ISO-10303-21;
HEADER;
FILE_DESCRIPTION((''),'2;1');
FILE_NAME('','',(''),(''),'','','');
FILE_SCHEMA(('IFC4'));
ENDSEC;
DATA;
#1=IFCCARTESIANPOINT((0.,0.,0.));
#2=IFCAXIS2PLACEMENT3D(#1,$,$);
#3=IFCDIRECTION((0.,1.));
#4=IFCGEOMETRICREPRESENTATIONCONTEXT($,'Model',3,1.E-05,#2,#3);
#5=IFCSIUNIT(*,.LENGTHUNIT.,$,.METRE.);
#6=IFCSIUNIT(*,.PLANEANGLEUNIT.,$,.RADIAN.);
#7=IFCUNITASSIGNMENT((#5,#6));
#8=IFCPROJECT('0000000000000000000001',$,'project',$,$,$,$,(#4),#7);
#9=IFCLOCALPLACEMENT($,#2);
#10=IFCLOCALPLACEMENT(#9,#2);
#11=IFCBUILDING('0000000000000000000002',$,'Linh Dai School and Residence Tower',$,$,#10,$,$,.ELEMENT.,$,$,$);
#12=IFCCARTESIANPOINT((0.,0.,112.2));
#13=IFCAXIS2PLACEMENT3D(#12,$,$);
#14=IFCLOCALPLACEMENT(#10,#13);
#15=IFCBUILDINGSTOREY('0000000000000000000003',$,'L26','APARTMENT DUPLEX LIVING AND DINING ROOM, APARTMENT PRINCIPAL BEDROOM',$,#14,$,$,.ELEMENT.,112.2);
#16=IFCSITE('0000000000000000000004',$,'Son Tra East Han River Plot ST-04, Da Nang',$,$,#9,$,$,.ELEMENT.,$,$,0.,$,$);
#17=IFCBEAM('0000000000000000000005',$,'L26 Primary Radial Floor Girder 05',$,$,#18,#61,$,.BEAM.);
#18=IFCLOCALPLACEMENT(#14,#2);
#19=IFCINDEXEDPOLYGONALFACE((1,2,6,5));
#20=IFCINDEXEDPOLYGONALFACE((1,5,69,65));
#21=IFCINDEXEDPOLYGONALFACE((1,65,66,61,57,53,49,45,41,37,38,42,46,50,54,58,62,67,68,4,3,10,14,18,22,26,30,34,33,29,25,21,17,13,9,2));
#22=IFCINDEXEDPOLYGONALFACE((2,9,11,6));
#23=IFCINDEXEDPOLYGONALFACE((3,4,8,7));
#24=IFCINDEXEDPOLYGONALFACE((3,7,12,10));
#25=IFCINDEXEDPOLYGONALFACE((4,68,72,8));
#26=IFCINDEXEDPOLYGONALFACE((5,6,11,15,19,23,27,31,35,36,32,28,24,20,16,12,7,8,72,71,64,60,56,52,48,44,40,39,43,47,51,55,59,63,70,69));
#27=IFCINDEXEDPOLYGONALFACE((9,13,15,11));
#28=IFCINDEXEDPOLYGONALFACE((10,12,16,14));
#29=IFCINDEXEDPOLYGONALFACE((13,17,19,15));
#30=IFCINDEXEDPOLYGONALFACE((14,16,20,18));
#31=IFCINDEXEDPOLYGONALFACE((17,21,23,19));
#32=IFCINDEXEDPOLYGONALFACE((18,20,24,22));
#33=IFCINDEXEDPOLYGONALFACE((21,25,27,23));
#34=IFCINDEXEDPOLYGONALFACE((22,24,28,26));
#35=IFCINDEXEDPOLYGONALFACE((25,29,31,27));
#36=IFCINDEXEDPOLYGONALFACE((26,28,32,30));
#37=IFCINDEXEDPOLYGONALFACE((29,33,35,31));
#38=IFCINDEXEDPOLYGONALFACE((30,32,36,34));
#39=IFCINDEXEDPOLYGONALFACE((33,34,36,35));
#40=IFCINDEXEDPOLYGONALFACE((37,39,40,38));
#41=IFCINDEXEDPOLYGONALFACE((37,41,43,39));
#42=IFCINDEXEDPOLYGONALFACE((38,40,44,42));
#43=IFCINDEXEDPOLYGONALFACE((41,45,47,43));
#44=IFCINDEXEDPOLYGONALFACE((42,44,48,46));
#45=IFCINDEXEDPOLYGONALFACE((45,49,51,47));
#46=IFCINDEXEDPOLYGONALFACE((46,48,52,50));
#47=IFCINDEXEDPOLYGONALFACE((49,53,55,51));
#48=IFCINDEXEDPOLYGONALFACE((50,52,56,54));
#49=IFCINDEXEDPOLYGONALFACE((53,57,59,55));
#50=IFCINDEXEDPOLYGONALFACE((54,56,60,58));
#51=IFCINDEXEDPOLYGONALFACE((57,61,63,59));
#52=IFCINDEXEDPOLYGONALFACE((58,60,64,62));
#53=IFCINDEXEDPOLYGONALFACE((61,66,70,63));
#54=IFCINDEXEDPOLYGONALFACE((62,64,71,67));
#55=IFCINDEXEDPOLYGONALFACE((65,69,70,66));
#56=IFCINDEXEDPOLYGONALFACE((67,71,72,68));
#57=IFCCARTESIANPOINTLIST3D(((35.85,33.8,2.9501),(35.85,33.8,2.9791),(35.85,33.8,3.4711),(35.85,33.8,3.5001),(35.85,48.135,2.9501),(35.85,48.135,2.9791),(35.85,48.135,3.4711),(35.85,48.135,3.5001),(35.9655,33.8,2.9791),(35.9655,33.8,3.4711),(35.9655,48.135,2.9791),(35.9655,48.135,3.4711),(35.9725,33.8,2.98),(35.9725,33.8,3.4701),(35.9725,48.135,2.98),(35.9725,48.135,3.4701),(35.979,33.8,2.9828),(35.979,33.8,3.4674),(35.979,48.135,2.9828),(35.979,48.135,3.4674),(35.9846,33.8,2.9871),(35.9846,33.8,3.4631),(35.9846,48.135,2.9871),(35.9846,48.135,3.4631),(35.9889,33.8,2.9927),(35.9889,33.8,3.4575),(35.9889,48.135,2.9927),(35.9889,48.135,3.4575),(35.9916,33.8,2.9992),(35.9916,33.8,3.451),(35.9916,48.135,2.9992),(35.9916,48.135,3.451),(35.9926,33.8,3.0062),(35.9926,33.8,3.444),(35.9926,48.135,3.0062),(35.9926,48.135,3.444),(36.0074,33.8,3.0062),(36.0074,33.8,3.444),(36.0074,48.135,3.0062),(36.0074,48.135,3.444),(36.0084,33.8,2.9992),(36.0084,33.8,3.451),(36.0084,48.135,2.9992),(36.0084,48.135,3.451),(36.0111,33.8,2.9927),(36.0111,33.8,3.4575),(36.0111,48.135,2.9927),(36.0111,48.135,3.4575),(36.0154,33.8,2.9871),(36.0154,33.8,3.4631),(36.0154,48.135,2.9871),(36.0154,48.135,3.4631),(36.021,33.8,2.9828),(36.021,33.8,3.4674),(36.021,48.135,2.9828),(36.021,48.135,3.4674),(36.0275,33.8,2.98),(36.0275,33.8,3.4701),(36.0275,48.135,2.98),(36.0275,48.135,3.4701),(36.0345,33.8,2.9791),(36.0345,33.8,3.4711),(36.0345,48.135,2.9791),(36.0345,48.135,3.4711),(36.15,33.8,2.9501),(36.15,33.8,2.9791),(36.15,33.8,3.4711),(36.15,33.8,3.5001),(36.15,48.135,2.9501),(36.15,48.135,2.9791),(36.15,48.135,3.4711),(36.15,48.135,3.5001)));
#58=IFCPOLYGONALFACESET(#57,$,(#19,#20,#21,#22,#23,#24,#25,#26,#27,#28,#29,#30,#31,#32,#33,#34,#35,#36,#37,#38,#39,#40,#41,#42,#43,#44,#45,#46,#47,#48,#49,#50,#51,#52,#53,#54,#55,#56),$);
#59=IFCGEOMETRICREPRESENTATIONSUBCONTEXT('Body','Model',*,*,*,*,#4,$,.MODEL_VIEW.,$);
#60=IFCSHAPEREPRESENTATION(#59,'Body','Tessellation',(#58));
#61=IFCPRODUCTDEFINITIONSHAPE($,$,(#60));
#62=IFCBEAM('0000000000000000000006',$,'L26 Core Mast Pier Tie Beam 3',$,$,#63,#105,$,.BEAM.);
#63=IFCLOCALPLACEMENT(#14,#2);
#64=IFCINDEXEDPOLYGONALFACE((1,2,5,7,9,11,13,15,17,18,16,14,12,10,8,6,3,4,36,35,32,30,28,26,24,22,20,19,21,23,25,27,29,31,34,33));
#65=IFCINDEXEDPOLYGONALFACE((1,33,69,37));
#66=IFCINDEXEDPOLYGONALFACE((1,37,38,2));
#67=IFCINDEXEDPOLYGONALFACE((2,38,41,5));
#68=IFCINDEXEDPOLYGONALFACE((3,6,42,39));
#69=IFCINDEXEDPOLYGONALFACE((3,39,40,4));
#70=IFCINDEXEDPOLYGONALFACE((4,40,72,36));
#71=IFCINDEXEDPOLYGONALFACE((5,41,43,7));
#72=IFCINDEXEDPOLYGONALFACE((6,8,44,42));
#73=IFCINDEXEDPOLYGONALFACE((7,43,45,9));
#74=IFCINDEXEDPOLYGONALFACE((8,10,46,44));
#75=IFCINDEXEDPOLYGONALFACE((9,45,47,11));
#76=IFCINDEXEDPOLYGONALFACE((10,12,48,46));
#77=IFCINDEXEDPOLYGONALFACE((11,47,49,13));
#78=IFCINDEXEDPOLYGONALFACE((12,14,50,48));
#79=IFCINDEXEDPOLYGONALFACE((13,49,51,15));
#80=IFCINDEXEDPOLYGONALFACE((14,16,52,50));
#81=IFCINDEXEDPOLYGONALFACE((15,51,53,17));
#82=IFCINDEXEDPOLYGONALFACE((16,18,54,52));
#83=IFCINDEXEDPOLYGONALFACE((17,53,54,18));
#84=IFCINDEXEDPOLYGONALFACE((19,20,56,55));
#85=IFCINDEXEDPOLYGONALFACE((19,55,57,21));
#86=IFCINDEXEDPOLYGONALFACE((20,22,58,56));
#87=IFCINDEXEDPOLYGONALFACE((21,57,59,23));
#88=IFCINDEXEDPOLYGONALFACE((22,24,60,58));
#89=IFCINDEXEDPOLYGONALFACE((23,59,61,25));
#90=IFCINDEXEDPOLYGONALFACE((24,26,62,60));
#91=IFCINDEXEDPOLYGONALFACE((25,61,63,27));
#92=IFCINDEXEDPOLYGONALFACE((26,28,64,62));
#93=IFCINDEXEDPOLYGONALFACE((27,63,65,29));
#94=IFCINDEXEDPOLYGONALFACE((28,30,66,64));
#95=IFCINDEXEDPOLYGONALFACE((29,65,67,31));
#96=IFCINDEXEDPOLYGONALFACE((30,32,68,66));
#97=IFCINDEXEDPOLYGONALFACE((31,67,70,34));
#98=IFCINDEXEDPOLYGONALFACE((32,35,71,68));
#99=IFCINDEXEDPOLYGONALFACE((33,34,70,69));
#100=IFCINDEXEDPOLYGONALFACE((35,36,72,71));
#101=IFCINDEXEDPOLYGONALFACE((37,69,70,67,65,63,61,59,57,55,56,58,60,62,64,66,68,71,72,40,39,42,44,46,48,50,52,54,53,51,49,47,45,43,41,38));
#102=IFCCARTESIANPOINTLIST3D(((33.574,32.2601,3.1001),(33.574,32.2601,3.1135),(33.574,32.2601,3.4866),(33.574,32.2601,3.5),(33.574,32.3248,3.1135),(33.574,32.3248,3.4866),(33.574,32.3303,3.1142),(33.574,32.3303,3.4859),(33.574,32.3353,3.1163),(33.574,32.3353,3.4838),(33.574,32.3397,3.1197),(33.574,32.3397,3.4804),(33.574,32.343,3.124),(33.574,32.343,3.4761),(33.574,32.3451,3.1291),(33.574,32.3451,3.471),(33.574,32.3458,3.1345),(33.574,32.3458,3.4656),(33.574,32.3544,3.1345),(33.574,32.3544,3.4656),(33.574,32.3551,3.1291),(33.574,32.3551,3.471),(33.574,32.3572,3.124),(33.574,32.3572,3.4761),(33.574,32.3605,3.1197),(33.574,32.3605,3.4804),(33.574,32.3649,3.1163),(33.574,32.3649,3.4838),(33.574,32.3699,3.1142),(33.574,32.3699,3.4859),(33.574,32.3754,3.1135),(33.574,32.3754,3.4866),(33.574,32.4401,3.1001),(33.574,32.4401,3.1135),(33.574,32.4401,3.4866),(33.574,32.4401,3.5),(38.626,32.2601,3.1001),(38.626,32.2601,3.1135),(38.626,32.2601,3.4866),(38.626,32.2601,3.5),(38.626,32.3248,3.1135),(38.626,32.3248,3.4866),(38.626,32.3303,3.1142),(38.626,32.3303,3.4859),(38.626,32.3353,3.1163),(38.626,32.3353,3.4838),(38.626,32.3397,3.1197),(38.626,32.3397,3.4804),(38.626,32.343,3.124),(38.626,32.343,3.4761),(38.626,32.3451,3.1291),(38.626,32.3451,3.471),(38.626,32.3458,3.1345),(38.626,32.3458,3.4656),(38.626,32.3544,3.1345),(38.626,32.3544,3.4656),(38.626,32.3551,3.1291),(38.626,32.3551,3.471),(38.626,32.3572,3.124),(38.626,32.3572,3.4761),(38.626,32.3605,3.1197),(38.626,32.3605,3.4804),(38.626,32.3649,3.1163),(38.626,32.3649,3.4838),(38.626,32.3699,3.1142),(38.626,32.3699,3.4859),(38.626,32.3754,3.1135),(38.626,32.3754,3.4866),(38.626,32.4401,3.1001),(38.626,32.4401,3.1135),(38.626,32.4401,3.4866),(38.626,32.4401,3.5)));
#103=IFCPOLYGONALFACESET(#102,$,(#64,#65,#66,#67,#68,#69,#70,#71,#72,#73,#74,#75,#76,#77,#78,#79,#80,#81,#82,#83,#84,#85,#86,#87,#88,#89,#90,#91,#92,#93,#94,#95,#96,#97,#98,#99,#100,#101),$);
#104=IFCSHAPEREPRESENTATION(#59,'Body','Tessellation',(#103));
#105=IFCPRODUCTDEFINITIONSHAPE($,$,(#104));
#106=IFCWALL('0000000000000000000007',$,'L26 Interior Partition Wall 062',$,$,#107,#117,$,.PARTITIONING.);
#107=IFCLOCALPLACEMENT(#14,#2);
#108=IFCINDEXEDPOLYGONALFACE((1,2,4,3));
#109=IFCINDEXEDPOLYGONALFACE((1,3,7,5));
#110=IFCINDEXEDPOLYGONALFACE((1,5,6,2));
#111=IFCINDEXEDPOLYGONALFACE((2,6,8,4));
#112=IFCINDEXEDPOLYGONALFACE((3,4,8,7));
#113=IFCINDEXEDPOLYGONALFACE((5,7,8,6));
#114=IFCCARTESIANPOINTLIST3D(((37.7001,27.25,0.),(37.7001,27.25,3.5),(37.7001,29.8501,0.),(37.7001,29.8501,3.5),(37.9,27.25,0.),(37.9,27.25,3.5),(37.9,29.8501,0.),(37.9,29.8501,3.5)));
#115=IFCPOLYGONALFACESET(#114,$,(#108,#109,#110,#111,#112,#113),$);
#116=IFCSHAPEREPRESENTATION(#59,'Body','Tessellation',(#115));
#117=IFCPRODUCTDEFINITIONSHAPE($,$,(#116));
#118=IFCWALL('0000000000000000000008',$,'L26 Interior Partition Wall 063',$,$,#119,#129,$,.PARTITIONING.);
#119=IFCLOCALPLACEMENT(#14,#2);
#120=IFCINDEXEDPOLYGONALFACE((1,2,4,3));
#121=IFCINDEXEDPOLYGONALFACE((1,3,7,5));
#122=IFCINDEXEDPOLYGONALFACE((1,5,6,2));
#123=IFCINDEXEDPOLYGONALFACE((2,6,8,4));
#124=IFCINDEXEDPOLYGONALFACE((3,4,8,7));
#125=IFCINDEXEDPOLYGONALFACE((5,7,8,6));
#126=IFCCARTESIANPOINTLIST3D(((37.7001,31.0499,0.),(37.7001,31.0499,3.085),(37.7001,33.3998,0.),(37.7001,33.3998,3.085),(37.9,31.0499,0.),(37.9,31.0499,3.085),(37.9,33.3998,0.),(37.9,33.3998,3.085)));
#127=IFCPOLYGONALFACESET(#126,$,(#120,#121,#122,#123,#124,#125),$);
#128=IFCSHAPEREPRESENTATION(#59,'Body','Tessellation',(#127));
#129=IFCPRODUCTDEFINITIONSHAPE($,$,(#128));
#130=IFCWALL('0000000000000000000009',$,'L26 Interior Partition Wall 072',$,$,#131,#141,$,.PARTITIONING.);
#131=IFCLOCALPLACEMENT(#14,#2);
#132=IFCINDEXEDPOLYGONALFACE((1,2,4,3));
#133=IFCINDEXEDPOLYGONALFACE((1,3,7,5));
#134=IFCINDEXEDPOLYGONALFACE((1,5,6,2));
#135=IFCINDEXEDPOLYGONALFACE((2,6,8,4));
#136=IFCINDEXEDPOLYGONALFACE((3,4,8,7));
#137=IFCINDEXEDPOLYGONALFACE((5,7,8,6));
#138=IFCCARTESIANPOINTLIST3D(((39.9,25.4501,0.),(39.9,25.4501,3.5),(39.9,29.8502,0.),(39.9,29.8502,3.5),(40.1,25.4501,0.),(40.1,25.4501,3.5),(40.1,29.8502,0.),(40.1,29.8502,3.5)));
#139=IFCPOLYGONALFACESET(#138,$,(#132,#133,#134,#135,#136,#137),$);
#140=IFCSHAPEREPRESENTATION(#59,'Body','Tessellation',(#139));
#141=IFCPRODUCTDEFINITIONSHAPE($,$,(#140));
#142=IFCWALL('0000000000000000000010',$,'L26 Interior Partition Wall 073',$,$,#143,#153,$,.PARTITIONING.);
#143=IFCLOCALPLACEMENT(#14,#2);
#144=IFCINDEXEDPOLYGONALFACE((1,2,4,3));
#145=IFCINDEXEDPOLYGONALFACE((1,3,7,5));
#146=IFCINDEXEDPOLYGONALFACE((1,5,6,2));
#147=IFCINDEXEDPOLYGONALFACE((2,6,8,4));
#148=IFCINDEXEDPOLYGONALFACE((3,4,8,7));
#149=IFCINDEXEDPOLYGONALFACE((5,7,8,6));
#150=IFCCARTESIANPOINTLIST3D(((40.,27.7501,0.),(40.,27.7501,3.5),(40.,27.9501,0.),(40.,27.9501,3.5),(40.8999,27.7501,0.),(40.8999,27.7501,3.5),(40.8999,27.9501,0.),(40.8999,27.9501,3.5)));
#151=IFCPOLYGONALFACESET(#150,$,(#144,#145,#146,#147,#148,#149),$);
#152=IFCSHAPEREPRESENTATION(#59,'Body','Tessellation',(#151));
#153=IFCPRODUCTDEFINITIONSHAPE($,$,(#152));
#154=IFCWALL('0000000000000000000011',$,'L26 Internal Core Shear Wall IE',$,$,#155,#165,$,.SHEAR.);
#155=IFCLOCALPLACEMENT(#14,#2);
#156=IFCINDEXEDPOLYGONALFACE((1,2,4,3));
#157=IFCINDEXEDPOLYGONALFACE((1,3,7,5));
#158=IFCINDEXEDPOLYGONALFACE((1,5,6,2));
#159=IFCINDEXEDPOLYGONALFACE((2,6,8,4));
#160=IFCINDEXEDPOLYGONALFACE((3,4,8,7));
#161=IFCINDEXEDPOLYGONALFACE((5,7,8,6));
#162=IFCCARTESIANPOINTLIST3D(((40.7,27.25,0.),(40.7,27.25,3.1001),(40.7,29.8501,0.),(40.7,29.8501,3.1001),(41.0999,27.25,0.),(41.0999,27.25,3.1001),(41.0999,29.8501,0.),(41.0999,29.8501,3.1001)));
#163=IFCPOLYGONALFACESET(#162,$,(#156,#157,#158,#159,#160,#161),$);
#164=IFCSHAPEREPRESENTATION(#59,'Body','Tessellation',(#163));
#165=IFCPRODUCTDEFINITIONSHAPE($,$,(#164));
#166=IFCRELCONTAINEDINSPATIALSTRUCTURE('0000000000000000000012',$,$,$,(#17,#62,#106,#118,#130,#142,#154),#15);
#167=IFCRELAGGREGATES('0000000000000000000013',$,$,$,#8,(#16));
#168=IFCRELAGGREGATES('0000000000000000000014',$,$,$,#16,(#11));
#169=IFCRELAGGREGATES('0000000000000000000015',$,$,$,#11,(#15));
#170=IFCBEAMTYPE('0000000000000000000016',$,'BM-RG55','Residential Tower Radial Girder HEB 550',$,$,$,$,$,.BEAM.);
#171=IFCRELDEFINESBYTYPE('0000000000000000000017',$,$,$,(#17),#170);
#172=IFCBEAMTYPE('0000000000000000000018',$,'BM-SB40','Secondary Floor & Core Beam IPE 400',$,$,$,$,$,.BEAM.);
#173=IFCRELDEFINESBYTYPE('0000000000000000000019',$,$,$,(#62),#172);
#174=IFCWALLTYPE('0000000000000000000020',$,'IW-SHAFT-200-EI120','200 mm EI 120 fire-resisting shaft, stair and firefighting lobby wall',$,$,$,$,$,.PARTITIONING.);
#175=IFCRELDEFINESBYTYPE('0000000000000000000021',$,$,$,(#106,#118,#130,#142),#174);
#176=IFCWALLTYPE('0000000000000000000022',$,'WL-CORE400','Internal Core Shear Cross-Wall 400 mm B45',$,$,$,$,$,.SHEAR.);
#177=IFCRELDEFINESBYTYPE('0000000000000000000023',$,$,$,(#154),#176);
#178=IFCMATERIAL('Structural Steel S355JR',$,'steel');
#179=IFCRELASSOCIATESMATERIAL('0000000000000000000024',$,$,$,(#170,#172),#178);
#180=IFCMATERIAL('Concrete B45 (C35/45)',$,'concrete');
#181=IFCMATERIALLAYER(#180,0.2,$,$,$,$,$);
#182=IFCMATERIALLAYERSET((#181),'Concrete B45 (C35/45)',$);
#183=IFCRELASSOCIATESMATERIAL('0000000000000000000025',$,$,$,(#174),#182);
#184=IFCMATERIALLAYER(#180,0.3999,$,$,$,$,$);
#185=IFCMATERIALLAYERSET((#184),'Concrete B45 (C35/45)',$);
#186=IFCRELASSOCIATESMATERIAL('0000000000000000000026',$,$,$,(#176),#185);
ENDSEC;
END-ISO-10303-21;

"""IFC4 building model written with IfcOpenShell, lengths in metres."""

from ifc_helpers import new_model, si_unit, direction, frame, frame_2d, origin, origin_2d, place, context, subcontext, project, spatial, rectangle, i_section, extrude, material, layer, layer_set, material_profile, profile_set, type_object, element, save


model = new_model("IFC4")

# Units and contexts
model_context = context("Model", 3, precision=1e-05, world=origin(), true_north=direction((0.0, 1.0)))
body_context = subcontext(model_context, "Body", "Model", "MODEL_VIEW")
ifc_project = project(units=[si_unit("LENGTHUNIT", "METRE"), si_unit("PLANEANGLEUNIT", "RADIAN")], contexts=[model_context])

# Site, building, storey
site_placement = place(None, origin())
site = spatial("IfcSite", under=ifc_project, at=site_placement, Name="Son Tra East Han River Plot ST-04, Da Nang", CompositionType="ELEMENT", RefElevation=0.0)
building_placement = place(site_placement, origin())
building = spatial("IfcBuilding", under=site, at=building_placement, Name="Linh Dai School and Residence Tower", CompositionType="ELEMENT")
storey_placement = place(building_placement, frame((0.0, 0.0, 112.2)))
storey = spatial("IfcBuildingStorey", under=building, at=storey_placement, Name="L26", Description="APARTMENT DUPLEX LIVING AND DINING ROOM, APARTMENT PRINCIPAL BEDROOM", CompositionType="ELEMENT", Elevation=112.2)

# Shared definitions
ifc_material_1 = material(Name="Structural Steel S355JR", Category="steel")

# Beams
ifc_material_profile_1 = material_profile(ifc_material_1, i_section(OverallWidth=0.3, OverallDepth=0.55, WebThickness=0.0149, FlangeThickness=0.0291, FilletRadius=0.0271, at=origin_2d()), Name="HEB 550")
ifc_profile_set_1 = profile_set([ifc_material_profile_1], Name="Structural Steel S355JR")
beam_type_1 = type_object("IfcBeamType", Name="BM-RG55", Description="Residential Tower Radial Girder HEB 550", PredefinedType="BEAM", material=ifc_profile_set_1)
beam_1_placement = place(storey_placement, frame((36.0, 33.8, 3.2251), z_axis=(0.0, 1.0, 0.0), x_axis=(-1.0, 0.0, 0.0)))
element("IfcBeam", 1, at=beam_1_placement, inside=storey, type_object=beam_type_1, Name="L26 Primary Radial Floor Girder 05", PredefinedType="BEAM", context=body_context, shape_type="SweptSolid", body=[
    extrude(i_section(OverallWidth=0.3, OverallDepth=0.55, WebThickness=0.0149, FlangeThickness=0.0291, FilletRadius=0.0271, at=origin_2d()), origin(), (0.0, 0.0, 1.0), 14.335),
])
ifc_material_profile_2 = material_profile(ifc_material_1, i_section(OverallWidth=0.1799, OverallDepth=0.3999, WebThickness=0.0085, FlangeThickness=0.0134, FilletRadius=0.021, at=origin_2d()), Name="IPE 400")
ifc_profile_set_2 = profile_set([ifc_material_profile_2], Name="Structural Steel S355JR")
beam_type_2 = type_object("IfcBeamType", Name="BM-SB40", Description="Secondary Floor & Core Beam IPE 400", PredefinedType="BEAM", material=ifc_profile_set_2)
beam_2_placement = place(storey_placement, frame((38.626, 32.3501, 3.3), z_axis=(-1.0, 0.0, 0.0), x_axis=(0.0, -1.0, 0.0)))
element("IfcBeam", 2, at=beam_2_placement, inside=storey, type_object=beam_type_2, Name="L26 Core Mast Pier Tie Beam 3", PredefinedType="BEAM", context=body_context, shape_type="SweptSolid", body=[
    extrude(i_section(OverallWidth=0.1799, OverallDepth=0.3999, WebThickness=0.0085, FlangeThickness=0.0134, FilletRadius=0.021, at=origin_2d()), origin(), (0.0, 0.0, 1.0), 5.052),
])

# Walls
ifc_material_2 = material(Name="Concrete B45 (C35/45)", Category="concrete")
ifc_layer_1 = layer(ifc_material_2, 0.2)
ifc_layer_set_1 = layer_set([ifc_layer_1], Name="Concrete B45 (C35/45)")
wall_type_1 = type_object("IfcWallType", Name="IW-SHAFT-200-EI120", Description="200 mm EI 120 fire-resisting shaft, stair and firefighting lobby wall", PredefinedType="PARTITIONING", material=ifc_layer_set_1)
wall_1_placement = place(storey_placement, frame((37.8, 27.25, 0.0), z_axis=(0.0, 0.0, 1.0), x_axis=(0.0, 1.0, 0.0)))
element("IfcWall", 3, at=wall_1_placement, inside=storey, type_object=wall_type_1, Name="L26 Interior Partition Wall 062", PredefinedType="PARTITIONING", context=body_context, shape_type="SweptSolid", body=[
    extrude(rectangle(XDim=2.6001, YDim=0.2, at=frame_2d((1.3, 0.0))), origin(), (0.0, 0.0, 1.0), 3.5),
])
wall_2_placement = place(storey_placement, frame((37.8, 31.05, 0.0), z_axis=(0.0, 0.0, 1.0), x_axis=(0.0, 1.0, 0.0)))
element("IfcWall", 4, at=wall_2_placement, inside=storey, type_object=wall_type_1, Name="L26 Interior Partition Wall 063", PredefinedType="PARTITIONING", context=body_context, shape_type="SweptSolid", body=[
    extrude(rectangle(XDim=2.3499, YDim=0.2, at=frame_2d((1.1748, 0.0))), origin(), (0.0, 0.0, 1.0), 3.085),
])
wall_3_placement = place(storey_placement, frame((40.0, 25.45, 0.0), z_axis=(0.0, 0.0, 1.0), x_axis=(0.0, 1.0, 0.0)))
element("IfcWall", 5, at=wall_3_placement, inside=storey, type_object=wall_type_1, Name="L26 Interior Partition Wall 072", PredefinedType="PARTITIONING", context=body_context, shape_type="SweptSolid", body=[
    extrude(rectangle(XDim=4.4001, YDim=0.2, at=frame_2d((2.2002, 0.0))), origin(), (0.0, 0.0, 1.0), 3.5),
])
wall_4_placement = place(storey_placement, frame((40.0, 27.8501, 0.0), z_axis=(0.0, 0.0, 1.0), x_axis=(1.0, 0.0, 0.0)))
element("IfcWall", 6, at=wall_4_placement, inside=storey, type_object=wall_type_1, Name="L26 Interior Partition Wall 073", PredefinedType="PARTITIONING", context=body_context, shape_type="SweptSolid", body=[
    extrude(rectangle(XDim=0.8999, YDim=0.2, at=frame_2d((0.45, 0.0))), origin(), (0.0, 0.0, 1.0), 3.5),
])
ifc_layer_2 = layer(ifc_material_2, 0.3999)
ifc_layer_set_2 = layer_set([ifc_layer_2], Name="Concrete B45 (C35/45)")
wall_type_2 = type_object("IfcWallType", Name="WL-CORE400", Description="Internal Core Shear Cross-Wall 400 mm B45", PredefinedType="SHEAR", material=ifc_layer_set_2)
wall_5_placement = place(storey_placement, frame((40.8999, 27.25, 0.0), z_axis=(0.0, 0.0, 1.0), x_axis=(0.0, 1.0, 0.0)))
element("IfcWall", 7, at=wall_5_placement, inside=storey, type_object=wall_type_2, Name="L26 Internal Core Shear Wall IE", PredefinedType="SHEAR", context=body_context, shape_type="SweptSolid", body=[
    extrude(rectangle(XDim=2.6001, YDim=0.3999, at=frame_2d((1.3, 0.0))), origin(), (0.0, 0.0, 1.0), 3.1001),
])

save(model, "model.ifc")
